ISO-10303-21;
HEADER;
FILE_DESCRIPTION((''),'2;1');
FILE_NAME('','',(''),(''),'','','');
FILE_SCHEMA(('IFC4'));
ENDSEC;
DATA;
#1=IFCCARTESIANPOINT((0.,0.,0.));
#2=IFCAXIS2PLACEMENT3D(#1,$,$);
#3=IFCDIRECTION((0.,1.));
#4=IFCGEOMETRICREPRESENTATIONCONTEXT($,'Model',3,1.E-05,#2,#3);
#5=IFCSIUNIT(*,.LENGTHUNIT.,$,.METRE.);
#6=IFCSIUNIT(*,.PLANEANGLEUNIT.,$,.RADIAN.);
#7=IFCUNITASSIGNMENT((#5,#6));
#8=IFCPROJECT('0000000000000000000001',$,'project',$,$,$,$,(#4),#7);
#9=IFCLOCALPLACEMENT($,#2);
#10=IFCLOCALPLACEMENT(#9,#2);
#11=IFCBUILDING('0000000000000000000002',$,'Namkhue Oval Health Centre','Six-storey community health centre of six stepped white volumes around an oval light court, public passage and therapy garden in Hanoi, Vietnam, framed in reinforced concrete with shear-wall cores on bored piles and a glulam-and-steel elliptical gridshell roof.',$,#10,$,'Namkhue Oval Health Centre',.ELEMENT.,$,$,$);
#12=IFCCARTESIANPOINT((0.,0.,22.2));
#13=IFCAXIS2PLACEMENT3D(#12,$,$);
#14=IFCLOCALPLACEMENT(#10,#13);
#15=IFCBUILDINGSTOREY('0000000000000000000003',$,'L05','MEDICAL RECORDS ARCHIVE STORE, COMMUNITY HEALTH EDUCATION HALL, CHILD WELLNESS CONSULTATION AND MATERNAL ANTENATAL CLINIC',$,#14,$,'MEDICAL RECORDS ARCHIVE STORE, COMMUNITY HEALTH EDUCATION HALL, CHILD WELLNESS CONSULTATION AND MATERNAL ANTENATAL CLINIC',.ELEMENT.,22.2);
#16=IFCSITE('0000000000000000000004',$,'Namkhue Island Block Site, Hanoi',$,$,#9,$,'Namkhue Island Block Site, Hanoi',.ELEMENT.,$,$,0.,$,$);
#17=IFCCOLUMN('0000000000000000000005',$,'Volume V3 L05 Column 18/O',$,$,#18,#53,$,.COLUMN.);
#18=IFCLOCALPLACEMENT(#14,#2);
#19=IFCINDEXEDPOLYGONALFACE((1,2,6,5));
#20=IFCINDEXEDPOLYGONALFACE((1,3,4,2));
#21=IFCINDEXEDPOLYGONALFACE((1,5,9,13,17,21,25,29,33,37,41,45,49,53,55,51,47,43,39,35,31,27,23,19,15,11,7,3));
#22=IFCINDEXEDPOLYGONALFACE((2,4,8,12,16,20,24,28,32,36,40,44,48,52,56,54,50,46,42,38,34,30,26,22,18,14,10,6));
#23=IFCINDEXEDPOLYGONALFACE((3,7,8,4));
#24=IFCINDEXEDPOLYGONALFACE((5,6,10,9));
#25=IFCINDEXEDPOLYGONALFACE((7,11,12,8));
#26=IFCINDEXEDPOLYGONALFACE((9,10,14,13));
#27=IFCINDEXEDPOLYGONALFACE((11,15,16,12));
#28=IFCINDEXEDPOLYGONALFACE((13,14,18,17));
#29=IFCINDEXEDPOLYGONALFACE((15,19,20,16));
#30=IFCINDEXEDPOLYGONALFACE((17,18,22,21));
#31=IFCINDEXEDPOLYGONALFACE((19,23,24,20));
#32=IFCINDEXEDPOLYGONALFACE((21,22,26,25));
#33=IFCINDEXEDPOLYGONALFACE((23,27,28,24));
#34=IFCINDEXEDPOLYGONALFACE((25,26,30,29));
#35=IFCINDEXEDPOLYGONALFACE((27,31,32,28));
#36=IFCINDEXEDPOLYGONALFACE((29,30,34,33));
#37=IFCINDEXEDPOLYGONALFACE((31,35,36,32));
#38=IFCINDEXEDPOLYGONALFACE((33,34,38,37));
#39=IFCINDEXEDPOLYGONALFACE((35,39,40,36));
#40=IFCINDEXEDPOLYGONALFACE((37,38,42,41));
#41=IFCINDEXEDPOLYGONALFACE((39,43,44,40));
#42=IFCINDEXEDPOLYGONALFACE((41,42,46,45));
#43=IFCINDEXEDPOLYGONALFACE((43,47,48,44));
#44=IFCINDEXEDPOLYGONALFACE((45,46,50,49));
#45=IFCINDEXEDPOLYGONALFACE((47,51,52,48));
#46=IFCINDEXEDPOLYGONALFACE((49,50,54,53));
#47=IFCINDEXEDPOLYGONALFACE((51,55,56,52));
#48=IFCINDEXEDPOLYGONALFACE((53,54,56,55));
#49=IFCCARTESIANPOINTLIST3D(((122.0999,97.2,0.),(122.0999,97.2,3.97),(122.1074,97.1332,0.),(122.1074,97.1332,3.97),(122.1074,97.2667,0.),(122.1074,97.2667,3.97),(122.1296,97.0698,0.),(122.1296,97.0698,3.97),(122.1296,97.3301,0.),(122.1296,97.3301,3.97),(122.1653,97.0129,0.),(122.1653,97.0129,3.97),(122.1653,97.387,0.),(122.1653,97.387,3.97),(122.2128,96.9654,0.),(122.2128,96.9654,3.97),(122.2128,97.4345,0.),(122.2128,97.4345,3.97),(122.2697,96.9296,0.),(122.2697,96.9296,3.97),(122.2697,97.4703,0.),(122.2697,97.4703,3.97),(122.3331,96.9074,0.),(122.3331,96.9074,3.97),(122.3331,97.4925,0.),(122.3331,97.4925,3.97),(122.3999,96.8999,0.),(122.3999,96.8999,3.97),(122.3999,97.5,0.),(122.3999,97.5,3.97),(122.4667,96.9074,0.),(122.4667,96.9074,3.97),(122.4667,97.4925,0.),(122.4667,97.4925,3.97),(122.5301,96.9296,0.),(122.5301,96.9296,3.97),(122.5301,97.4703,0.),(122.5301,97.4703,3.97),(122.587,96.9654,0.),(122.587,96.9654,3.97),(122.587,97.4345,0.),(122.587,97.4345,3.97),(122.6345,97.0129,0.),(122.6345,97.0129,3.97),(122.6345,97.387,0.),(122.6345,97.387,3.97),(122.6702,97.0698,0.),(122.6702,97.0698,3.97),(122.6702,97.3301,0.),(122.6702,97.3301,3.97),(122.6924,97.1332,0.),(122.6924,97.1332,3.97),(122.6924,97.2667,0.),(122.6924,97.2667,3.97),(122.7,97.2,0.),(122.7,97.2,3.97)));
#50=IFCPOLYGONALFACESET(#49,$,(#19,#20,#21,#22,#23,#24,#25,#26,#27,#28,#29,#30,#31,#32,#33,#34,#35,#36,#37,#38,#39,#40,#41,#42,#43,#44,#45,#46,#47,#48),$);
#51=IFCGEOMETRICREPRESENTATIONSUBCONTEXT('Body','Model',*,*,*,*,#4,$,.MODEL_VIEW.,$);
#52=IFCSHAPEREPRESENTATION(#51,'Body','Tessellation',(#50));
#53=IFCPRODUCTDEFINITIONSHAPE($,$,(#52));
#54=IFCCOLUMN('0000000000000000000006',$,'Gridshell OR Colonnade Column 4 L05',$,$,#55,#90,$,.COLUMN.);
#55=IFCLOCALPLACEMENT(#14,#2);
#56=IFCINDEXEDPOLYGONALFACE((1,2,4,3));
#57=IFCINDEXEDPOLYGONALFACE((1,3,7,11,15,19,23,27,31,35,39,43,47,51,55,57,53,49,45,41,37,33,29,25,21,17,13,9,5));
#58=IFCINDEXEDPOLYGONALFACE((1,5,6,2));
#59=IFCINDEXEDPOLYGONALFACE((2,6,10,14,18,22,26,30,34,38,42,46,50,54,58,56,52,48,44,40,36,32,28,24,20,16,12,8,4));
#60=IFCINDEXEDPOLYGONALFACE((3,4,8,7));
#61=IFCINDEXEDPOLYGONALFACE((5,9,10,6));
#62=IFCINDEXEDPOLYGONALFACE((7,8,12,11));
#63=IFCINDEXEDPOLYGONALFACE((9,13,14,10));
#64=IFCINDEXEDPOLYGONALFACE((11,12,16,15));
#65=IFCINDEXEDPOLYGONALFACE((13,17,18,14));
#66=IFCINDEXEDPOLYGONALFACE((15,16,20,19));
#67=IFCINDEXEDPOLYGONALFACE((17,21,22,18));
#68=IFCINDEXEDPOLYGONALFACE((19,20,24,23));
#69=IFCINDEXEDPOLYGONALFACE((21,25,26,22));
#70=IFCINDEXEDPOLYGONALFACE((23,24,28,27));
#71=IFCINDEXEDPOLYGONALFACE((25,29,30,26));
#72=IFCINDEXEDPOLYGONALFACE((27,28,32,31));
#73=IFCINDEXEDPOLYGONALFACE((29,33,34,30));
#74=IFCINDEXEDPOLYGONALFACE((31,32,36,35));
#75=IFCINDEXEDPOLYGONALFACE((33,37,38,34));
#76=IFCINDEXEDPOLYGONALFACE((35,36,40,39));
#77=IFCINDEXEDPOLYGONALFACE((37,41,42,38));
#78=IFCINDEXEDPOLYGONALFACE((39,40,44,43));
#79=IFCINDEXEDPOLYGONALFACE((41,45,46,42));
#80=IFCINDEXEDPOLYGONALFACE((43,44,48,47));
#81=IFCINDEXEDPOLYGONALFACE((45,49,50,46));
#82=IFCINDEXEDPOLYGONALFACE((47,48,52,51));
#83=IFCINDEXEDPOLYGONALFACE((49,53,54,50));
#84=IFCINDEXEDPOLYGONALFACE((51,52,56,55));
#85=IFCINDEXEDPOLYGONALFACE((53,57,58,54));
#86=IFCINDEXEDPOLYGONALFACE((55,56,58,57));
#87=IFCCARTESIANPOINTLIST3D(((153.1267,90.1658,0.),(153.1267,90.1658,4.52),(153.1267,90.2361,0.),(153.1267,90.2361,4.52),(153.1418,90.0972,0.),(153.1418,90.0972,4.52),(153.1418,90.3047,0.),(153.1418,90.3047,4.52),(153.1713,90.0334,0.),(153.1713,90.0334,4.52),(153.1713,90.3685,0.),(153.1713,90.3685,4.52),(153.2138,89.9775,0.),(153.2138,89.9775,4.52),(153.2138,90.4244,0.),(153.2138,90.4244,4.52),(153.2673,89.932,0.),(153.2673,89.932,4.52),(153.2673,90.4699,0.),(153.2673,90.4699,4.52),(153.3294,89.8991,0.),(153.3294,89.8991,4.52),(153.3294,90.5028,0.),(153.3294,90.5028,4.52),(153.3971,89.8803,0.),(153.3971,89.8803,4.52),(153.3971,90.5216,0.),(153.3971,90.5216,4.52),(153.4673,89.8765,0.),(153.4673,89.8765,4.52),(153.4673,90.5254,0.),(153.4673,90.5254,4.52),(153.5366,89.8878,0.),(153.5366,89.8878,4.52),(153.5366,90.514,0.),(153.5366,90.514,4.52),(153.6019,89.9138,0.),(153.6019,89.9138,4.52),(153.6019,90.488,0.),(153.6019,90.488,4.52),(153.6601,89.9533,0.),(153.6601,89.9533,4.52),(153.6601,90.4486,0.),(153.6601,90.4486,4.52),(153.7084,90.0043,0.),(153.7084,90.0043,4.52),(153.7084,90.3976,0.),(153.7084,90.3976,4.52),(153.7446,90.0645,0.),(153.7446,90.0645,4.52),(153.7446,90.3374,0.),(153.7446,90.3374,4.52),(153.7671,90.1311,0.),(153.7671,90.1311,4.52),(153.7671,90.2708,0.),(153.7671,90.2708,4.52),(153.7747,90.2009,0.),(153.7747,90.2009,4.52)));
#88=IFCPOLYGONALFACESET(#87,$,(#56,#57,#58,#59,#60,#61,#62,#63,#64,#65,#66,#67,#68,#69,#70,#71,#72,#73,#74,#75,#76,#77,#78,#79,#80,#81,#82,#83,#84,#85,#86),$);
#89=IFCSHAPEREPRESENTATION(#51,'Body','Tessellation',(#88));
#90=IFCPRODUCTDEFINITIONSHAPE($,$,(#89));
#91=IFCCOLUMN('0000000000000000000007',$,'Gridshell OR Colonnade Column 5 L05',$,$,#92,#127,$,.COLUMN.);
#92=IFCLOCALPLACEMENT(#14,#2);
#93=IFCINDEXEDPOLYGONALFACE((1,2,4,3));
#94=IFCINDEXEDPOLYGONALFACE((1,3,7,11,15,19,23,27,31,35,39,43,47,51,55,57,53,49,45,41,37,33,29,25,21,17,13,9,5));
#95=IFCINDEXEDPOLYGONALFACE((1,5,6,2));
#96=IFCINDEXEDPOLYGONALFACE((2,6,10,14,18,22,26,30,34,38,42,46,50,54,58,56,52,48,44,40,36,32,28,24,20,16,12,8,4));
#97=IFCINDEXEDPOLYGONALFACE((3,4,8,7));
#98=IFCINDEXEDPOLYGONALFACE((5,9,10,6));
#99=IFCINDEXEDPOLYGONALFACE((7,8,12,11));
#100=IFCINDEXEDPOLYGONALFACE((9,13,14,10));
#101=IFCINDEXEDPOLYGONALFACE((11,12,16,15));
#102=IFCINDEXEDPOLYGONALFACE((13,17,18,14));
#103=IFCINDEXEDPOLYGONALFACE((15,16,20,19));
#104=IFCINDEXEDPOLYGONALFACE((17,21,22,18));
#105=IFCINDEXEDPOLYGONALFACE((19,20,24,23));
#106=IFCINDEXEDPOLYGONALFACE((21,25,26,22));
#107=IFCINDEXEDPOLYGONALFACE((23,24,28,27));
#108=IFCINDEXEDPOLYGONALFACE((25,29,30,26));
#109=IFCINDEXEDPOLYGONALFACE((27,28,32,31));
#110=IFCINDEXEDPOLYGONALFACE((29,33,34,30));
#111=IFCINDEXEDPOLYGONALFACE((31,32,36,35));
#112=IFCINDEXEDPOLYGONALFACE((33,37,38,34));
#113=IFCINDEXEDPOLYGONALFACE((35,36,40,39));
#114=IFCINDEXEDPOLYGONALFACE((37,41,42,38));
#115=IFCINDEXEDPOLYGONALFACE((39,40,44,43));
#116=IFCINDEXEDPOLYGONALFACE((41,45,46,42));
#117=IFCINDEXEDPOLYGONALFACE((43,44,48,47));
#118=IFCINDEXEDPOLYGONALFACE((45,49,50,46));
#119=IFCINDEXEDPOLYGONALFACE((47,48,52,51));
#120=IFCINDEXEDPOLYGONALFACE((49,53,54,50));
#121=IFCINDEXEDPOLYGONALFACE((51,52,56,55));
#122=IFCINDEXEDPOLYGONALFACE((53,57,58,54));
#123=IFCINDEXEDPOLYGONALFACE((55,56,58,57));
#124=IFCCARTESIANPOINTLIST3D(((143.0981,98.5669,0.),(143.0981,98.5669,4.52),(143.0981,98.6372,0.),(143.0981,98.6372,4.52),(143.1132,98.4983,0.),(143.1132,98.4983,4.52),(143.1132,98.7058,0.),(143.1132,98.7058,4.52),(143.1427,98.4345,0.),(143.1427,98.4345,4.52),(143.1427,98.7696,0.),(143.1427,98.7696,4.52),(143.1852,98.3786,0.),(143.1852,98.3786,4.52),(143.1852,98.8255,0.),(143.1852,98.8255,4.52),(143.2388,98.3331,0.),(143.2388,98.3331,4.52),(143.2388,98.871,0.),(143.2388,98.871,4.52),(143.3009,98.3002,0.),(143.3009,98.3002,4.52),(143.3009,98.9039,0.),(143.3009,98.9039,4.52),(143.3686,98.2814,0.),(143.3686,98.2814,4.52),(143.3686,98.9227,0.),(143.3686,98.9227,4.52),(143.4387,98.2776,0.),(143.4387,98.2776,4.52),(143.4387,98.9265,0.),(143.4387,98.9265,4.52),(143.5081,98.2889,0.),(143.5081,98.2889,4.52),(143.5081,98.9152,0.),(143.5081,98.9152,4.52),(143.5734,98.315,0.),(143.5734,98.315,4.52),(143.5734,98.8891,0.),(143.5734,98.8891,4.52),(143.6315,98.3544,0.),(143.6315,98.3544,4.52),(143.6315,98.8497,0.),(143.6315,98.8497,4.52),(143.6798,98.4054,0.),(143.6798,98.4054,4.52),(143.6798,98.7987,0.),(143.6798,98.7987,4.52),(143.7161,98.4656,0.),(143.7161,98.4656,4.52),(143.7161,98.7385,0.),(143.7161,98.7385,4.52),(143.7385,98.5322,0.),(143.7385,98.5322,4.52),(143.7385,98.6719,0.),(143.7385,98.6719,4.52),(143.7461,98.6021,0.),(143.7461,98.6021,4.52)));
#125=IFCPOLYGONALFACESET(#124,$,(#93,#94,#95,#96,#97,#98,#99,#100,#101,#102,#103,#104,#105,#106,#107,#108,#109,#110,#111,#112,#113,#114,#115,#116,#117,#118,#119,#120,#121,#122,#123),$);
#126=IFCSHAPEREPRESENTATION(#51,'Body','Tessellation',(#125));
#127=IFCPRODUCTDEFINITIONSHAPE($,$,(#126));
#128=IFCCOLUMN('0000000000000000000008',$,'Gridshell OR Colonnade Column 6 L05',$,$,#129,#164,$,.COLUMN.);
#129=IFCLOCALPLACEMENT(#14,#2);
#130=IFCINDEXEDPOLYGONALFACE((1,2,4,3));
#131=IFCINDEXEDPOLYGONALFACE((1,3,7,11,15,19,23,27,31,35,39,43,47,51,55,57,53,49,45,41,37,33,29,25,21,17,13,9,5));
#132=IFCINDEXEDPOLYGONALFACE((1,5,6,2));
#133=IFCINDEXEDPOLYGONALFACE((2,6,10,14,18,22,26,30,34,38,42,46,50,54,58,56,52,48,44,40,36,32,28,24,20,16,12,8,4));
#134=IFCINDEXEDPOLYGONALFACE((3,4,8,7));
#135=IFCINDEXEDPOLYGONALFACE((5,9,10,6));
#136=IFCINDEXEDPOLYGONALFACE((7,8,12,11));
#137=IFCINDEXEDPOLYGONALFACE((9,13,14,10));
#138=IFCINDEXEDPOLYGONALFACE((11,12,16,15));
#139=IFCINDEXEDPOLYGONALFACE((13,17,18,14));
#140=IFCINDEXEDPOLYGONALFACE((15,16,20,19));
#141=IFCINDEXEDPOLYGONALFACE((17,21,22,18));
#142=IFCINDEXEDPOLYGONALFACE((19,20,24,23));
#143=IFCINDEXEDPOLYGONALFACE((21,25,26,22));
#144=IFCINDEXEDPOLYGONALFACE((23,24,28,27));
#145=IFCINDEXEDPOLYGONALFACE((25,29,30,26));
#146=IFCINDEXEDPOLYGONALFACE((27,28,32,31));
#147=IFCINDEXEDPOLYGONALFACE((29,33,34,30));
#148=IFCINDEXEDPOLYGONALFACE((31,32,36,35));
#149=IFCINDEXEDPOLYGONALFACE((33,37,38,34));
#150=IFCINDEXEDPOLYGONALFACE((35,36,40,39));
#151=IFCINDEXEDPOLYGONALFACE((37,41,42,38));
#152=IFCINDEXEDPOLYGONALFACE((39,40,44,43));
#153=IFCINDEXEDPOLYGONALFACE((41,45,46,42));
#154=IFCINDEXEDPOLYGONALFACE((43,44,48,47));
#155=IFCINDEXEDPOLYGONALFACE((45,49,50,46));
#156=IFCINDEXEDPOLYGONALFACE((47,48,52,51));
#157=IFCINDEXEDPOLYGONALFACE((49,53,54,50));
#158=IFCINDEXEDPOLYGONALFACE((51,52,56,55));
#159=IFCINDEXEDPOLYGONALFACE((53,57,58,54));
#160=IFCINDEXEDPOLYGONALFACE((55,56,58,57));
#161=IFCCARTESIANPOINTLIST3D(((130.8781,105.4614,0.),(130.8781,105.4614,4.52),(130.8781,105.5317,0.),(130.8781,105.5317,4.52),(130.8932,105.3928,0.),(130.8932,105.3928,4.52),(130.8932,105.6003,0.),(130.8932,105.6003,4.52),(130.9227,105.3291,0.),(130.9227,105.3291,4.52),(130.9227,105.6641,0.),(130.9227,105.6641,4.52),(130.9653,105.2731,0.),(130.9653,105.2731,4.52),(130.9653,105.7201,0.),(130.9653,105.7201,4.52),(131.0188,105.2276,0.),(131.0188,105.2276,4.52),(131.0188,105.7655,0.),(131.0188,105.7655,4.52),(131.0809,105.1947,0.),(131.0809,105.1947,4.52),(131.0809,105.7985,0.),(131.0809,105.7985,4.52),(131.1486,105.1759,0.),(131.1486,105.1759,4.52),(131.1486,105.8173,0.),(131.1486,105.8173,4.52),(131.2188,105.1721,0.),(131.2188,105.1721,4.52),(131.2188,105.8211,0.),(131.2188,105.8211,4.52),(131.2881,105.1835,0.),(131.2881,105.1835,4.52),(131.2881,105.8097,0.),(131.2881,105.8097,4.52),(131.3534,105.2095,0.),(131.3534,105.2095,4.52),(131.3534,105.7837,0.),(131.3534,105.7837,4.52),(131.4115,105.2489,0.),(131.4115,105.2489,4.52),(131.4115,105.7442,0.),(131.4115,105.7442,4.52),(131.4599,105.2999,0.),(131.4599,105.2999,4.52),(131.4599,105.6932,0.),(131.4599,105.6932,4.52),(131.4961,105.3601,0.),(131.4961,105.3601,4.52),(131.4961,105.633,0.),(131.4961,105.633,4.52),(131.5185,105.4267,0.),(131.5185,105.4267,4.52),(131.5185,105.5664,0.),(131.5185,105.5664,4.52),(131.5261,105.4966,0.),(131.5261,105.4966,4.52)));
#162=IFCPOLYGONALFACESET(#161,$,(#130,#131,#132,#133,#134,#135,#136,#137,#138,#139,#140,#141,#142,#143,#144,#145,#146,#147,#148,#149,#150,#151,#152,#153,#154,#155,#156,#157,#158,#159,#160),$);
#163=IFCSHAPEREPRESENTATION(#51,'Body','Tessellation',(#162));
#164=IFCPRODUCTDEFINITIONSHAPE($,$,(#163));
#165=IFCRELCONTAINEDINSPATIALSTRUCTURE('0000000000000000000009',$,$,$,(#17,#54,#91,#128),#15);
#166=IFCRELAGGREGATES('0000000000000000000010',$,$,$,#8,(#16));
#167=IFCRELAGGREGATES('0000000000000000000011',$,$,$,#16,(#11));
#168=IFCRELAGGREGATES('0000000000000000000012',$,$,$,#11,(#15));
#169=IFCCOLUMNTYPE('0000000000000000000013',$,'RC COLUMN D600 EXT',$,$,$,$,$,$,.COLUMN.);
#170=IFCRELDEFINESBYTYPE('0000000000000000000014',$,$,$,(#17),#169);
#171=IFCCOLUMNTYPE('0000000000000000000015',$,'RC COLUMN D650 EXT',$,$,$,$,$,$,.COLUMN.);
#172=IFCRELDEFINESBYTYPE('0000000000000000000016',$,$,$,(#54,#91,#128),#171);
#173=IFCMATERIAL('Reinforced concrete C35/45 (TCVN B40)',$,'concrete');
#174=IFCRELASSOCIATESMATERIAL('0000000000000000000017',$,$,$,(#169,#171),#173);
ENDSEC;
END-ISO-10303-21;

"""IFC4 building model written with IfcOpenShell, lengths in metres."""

from ifc_helpers import new_model, si_unit, direction, frame, origin, origin_2d, place, context, subcontext, project, spatial, circle, extrude, material, material_profile, profile_set, type_object, element, save


model = new_model("IFC4")

# Units and contexts
model_context = context("Model", 3, precision=1e-05, world=origin(), true_north=direction((0.0, 1.0)))
body_context = subcontext(model_context, "Body", "Model", "MODEL_VIEW")
ifc_project = project(units=[si_unit("LENGTHUNIT", "METRE"), si_unit("PLANEANGLEUNIT", "RADIAN")], contexts=[model_context])

# Site, building, storey
site_placement = place(None, origin())
site = spatial("IfcSite", under=ifc_project, at=site_placement, Name="Namkhue Island Block Site, Hanoi", LongName="Namkhue Island Block Site, Hanoi", CompositionType="ELEMENT", RefElevation=0.0)
building_placement = place(site_placement, origin())
building = spatial("IfcBuilding", under=site, at=building_placement, Name="Namkhue Oval Health Centre", Description="Six-storey community health centre of six stepped white volumes around an oval light court, public passage and therapy garden in Hanoi, Vietnam, framed in reinforced concrete with shear-wall cores on bored piles and a glulam-and-steel elliptical gridshell roof.", LongName="Namkhue Oval Health Centre", CompositionType="ELEMENT")
storey_placement = place(building_placement, frame((0.0, 0.0, 22.2)))
storey = spatial("IfcBuildingStorey", under=building, at=storey_placement, Name="L05", Description="MEDICAL RECORDS ARCHIVE STORE, COMMUNITY HEALTH EDUCATION HALL, CHILD WELLNESS CONSULTATION AND MATERNAL ANTENATAL CLINIC", LongName="MEDICAL RECORDS ARCHIVE STORE, COMMUNITY HEALTH EDUCATION HALL, CHILD WELLNESS CONSULTATION AND MATERNAL ANTENATAL CLINIC", CompositionType="ELEMENT", Elevation=22.2)

# Columns
ifc_material_1 = material(Name="Reinforced concrete C35/45 (TCVN B40)", Category="concrete")
ifc_material_profile_1 = material_profile(ifc_material_1, circle(Radius=0.3, at=origin_2d()), Name="RC D600")
ifc_profile_set_1 = profile_set([ifc_material_profile_1], Name="Reinforced concrete C35/45 (TCVN B40)")
column_type_1 = type_object("IfcColumnType", Name="RC COLUMN D600 EXT", PredefinedType="COLUMN", material=ifc_profile_set_1)
column_placement = place(storey_placement, frame((122.3999, 97.2, 0.0), z_axis=(0.0, 0.0, 1.0), x_axis=(1.0, 0.0, 0.0)))
element("IfcColumn", 1, at=column_placement, inside=storey, type_object=column_type_1, Name="Volume V3 L05 Column 18/O", PredefinedType="COLUMN", context=body_context, shape_type="SweptSolid", body=[
    extrude(circle(Radius=0.3, at=origin_2d()), origin(), (0.0, 0.0, 1.0), 3.97),
])
ifc_material_profile_2 = material_profile(ifc_material_1, circle(Radius=0.325, at=origin_2d()), Name="RC D650")
ifc_profile_set_2 = profile_set([ifc_material_profile_2], Name="Reinforced concrete C35/45 (TCVN B40)")
column_type_2 = type_object("IfcColumnType", Name="RC COLUMN D650 EXT", PredefinedType="COLUMN", material=ifc_profile_set_2)
for number, where, z_axis, x_axis, name in (
    (2, (153.4497, 90.2009, 0.0), (0.0, 0.0, 1.0), (1.0, 0.0, 0.0), "Gridshell OR Colonnade Column 4 L05"),
    (3, (143.4211, 98.6021, 0.0), (0.0, 0.0, 1.0), (1.0, 0.0, 0.0), "Gridshell OR Colonnade Column 5 L05"),
    (4, (131.2012, 105.4966, 0.0), (0.0, 0.0, 1.0), (1.0, 0.0, 0.0), "Gridshell OR Colonnade Column 6 L05"),
):
    element("IfcColumn", number, at=place(storey_placement, frame(where, z_axis=z_axis, x_axis=x_axis)), inside=storey, type_object=column_type_2, Name=name, PredefinedType="COLUMN", context=body_context, shape_type="SweptSolid", body=[
        extrude(circle(Radius=0.325, at=origin_2d()), origin(), (0.0, 0.0, 1.0), 4.52),
    ])

save(model, "model.ifc")
